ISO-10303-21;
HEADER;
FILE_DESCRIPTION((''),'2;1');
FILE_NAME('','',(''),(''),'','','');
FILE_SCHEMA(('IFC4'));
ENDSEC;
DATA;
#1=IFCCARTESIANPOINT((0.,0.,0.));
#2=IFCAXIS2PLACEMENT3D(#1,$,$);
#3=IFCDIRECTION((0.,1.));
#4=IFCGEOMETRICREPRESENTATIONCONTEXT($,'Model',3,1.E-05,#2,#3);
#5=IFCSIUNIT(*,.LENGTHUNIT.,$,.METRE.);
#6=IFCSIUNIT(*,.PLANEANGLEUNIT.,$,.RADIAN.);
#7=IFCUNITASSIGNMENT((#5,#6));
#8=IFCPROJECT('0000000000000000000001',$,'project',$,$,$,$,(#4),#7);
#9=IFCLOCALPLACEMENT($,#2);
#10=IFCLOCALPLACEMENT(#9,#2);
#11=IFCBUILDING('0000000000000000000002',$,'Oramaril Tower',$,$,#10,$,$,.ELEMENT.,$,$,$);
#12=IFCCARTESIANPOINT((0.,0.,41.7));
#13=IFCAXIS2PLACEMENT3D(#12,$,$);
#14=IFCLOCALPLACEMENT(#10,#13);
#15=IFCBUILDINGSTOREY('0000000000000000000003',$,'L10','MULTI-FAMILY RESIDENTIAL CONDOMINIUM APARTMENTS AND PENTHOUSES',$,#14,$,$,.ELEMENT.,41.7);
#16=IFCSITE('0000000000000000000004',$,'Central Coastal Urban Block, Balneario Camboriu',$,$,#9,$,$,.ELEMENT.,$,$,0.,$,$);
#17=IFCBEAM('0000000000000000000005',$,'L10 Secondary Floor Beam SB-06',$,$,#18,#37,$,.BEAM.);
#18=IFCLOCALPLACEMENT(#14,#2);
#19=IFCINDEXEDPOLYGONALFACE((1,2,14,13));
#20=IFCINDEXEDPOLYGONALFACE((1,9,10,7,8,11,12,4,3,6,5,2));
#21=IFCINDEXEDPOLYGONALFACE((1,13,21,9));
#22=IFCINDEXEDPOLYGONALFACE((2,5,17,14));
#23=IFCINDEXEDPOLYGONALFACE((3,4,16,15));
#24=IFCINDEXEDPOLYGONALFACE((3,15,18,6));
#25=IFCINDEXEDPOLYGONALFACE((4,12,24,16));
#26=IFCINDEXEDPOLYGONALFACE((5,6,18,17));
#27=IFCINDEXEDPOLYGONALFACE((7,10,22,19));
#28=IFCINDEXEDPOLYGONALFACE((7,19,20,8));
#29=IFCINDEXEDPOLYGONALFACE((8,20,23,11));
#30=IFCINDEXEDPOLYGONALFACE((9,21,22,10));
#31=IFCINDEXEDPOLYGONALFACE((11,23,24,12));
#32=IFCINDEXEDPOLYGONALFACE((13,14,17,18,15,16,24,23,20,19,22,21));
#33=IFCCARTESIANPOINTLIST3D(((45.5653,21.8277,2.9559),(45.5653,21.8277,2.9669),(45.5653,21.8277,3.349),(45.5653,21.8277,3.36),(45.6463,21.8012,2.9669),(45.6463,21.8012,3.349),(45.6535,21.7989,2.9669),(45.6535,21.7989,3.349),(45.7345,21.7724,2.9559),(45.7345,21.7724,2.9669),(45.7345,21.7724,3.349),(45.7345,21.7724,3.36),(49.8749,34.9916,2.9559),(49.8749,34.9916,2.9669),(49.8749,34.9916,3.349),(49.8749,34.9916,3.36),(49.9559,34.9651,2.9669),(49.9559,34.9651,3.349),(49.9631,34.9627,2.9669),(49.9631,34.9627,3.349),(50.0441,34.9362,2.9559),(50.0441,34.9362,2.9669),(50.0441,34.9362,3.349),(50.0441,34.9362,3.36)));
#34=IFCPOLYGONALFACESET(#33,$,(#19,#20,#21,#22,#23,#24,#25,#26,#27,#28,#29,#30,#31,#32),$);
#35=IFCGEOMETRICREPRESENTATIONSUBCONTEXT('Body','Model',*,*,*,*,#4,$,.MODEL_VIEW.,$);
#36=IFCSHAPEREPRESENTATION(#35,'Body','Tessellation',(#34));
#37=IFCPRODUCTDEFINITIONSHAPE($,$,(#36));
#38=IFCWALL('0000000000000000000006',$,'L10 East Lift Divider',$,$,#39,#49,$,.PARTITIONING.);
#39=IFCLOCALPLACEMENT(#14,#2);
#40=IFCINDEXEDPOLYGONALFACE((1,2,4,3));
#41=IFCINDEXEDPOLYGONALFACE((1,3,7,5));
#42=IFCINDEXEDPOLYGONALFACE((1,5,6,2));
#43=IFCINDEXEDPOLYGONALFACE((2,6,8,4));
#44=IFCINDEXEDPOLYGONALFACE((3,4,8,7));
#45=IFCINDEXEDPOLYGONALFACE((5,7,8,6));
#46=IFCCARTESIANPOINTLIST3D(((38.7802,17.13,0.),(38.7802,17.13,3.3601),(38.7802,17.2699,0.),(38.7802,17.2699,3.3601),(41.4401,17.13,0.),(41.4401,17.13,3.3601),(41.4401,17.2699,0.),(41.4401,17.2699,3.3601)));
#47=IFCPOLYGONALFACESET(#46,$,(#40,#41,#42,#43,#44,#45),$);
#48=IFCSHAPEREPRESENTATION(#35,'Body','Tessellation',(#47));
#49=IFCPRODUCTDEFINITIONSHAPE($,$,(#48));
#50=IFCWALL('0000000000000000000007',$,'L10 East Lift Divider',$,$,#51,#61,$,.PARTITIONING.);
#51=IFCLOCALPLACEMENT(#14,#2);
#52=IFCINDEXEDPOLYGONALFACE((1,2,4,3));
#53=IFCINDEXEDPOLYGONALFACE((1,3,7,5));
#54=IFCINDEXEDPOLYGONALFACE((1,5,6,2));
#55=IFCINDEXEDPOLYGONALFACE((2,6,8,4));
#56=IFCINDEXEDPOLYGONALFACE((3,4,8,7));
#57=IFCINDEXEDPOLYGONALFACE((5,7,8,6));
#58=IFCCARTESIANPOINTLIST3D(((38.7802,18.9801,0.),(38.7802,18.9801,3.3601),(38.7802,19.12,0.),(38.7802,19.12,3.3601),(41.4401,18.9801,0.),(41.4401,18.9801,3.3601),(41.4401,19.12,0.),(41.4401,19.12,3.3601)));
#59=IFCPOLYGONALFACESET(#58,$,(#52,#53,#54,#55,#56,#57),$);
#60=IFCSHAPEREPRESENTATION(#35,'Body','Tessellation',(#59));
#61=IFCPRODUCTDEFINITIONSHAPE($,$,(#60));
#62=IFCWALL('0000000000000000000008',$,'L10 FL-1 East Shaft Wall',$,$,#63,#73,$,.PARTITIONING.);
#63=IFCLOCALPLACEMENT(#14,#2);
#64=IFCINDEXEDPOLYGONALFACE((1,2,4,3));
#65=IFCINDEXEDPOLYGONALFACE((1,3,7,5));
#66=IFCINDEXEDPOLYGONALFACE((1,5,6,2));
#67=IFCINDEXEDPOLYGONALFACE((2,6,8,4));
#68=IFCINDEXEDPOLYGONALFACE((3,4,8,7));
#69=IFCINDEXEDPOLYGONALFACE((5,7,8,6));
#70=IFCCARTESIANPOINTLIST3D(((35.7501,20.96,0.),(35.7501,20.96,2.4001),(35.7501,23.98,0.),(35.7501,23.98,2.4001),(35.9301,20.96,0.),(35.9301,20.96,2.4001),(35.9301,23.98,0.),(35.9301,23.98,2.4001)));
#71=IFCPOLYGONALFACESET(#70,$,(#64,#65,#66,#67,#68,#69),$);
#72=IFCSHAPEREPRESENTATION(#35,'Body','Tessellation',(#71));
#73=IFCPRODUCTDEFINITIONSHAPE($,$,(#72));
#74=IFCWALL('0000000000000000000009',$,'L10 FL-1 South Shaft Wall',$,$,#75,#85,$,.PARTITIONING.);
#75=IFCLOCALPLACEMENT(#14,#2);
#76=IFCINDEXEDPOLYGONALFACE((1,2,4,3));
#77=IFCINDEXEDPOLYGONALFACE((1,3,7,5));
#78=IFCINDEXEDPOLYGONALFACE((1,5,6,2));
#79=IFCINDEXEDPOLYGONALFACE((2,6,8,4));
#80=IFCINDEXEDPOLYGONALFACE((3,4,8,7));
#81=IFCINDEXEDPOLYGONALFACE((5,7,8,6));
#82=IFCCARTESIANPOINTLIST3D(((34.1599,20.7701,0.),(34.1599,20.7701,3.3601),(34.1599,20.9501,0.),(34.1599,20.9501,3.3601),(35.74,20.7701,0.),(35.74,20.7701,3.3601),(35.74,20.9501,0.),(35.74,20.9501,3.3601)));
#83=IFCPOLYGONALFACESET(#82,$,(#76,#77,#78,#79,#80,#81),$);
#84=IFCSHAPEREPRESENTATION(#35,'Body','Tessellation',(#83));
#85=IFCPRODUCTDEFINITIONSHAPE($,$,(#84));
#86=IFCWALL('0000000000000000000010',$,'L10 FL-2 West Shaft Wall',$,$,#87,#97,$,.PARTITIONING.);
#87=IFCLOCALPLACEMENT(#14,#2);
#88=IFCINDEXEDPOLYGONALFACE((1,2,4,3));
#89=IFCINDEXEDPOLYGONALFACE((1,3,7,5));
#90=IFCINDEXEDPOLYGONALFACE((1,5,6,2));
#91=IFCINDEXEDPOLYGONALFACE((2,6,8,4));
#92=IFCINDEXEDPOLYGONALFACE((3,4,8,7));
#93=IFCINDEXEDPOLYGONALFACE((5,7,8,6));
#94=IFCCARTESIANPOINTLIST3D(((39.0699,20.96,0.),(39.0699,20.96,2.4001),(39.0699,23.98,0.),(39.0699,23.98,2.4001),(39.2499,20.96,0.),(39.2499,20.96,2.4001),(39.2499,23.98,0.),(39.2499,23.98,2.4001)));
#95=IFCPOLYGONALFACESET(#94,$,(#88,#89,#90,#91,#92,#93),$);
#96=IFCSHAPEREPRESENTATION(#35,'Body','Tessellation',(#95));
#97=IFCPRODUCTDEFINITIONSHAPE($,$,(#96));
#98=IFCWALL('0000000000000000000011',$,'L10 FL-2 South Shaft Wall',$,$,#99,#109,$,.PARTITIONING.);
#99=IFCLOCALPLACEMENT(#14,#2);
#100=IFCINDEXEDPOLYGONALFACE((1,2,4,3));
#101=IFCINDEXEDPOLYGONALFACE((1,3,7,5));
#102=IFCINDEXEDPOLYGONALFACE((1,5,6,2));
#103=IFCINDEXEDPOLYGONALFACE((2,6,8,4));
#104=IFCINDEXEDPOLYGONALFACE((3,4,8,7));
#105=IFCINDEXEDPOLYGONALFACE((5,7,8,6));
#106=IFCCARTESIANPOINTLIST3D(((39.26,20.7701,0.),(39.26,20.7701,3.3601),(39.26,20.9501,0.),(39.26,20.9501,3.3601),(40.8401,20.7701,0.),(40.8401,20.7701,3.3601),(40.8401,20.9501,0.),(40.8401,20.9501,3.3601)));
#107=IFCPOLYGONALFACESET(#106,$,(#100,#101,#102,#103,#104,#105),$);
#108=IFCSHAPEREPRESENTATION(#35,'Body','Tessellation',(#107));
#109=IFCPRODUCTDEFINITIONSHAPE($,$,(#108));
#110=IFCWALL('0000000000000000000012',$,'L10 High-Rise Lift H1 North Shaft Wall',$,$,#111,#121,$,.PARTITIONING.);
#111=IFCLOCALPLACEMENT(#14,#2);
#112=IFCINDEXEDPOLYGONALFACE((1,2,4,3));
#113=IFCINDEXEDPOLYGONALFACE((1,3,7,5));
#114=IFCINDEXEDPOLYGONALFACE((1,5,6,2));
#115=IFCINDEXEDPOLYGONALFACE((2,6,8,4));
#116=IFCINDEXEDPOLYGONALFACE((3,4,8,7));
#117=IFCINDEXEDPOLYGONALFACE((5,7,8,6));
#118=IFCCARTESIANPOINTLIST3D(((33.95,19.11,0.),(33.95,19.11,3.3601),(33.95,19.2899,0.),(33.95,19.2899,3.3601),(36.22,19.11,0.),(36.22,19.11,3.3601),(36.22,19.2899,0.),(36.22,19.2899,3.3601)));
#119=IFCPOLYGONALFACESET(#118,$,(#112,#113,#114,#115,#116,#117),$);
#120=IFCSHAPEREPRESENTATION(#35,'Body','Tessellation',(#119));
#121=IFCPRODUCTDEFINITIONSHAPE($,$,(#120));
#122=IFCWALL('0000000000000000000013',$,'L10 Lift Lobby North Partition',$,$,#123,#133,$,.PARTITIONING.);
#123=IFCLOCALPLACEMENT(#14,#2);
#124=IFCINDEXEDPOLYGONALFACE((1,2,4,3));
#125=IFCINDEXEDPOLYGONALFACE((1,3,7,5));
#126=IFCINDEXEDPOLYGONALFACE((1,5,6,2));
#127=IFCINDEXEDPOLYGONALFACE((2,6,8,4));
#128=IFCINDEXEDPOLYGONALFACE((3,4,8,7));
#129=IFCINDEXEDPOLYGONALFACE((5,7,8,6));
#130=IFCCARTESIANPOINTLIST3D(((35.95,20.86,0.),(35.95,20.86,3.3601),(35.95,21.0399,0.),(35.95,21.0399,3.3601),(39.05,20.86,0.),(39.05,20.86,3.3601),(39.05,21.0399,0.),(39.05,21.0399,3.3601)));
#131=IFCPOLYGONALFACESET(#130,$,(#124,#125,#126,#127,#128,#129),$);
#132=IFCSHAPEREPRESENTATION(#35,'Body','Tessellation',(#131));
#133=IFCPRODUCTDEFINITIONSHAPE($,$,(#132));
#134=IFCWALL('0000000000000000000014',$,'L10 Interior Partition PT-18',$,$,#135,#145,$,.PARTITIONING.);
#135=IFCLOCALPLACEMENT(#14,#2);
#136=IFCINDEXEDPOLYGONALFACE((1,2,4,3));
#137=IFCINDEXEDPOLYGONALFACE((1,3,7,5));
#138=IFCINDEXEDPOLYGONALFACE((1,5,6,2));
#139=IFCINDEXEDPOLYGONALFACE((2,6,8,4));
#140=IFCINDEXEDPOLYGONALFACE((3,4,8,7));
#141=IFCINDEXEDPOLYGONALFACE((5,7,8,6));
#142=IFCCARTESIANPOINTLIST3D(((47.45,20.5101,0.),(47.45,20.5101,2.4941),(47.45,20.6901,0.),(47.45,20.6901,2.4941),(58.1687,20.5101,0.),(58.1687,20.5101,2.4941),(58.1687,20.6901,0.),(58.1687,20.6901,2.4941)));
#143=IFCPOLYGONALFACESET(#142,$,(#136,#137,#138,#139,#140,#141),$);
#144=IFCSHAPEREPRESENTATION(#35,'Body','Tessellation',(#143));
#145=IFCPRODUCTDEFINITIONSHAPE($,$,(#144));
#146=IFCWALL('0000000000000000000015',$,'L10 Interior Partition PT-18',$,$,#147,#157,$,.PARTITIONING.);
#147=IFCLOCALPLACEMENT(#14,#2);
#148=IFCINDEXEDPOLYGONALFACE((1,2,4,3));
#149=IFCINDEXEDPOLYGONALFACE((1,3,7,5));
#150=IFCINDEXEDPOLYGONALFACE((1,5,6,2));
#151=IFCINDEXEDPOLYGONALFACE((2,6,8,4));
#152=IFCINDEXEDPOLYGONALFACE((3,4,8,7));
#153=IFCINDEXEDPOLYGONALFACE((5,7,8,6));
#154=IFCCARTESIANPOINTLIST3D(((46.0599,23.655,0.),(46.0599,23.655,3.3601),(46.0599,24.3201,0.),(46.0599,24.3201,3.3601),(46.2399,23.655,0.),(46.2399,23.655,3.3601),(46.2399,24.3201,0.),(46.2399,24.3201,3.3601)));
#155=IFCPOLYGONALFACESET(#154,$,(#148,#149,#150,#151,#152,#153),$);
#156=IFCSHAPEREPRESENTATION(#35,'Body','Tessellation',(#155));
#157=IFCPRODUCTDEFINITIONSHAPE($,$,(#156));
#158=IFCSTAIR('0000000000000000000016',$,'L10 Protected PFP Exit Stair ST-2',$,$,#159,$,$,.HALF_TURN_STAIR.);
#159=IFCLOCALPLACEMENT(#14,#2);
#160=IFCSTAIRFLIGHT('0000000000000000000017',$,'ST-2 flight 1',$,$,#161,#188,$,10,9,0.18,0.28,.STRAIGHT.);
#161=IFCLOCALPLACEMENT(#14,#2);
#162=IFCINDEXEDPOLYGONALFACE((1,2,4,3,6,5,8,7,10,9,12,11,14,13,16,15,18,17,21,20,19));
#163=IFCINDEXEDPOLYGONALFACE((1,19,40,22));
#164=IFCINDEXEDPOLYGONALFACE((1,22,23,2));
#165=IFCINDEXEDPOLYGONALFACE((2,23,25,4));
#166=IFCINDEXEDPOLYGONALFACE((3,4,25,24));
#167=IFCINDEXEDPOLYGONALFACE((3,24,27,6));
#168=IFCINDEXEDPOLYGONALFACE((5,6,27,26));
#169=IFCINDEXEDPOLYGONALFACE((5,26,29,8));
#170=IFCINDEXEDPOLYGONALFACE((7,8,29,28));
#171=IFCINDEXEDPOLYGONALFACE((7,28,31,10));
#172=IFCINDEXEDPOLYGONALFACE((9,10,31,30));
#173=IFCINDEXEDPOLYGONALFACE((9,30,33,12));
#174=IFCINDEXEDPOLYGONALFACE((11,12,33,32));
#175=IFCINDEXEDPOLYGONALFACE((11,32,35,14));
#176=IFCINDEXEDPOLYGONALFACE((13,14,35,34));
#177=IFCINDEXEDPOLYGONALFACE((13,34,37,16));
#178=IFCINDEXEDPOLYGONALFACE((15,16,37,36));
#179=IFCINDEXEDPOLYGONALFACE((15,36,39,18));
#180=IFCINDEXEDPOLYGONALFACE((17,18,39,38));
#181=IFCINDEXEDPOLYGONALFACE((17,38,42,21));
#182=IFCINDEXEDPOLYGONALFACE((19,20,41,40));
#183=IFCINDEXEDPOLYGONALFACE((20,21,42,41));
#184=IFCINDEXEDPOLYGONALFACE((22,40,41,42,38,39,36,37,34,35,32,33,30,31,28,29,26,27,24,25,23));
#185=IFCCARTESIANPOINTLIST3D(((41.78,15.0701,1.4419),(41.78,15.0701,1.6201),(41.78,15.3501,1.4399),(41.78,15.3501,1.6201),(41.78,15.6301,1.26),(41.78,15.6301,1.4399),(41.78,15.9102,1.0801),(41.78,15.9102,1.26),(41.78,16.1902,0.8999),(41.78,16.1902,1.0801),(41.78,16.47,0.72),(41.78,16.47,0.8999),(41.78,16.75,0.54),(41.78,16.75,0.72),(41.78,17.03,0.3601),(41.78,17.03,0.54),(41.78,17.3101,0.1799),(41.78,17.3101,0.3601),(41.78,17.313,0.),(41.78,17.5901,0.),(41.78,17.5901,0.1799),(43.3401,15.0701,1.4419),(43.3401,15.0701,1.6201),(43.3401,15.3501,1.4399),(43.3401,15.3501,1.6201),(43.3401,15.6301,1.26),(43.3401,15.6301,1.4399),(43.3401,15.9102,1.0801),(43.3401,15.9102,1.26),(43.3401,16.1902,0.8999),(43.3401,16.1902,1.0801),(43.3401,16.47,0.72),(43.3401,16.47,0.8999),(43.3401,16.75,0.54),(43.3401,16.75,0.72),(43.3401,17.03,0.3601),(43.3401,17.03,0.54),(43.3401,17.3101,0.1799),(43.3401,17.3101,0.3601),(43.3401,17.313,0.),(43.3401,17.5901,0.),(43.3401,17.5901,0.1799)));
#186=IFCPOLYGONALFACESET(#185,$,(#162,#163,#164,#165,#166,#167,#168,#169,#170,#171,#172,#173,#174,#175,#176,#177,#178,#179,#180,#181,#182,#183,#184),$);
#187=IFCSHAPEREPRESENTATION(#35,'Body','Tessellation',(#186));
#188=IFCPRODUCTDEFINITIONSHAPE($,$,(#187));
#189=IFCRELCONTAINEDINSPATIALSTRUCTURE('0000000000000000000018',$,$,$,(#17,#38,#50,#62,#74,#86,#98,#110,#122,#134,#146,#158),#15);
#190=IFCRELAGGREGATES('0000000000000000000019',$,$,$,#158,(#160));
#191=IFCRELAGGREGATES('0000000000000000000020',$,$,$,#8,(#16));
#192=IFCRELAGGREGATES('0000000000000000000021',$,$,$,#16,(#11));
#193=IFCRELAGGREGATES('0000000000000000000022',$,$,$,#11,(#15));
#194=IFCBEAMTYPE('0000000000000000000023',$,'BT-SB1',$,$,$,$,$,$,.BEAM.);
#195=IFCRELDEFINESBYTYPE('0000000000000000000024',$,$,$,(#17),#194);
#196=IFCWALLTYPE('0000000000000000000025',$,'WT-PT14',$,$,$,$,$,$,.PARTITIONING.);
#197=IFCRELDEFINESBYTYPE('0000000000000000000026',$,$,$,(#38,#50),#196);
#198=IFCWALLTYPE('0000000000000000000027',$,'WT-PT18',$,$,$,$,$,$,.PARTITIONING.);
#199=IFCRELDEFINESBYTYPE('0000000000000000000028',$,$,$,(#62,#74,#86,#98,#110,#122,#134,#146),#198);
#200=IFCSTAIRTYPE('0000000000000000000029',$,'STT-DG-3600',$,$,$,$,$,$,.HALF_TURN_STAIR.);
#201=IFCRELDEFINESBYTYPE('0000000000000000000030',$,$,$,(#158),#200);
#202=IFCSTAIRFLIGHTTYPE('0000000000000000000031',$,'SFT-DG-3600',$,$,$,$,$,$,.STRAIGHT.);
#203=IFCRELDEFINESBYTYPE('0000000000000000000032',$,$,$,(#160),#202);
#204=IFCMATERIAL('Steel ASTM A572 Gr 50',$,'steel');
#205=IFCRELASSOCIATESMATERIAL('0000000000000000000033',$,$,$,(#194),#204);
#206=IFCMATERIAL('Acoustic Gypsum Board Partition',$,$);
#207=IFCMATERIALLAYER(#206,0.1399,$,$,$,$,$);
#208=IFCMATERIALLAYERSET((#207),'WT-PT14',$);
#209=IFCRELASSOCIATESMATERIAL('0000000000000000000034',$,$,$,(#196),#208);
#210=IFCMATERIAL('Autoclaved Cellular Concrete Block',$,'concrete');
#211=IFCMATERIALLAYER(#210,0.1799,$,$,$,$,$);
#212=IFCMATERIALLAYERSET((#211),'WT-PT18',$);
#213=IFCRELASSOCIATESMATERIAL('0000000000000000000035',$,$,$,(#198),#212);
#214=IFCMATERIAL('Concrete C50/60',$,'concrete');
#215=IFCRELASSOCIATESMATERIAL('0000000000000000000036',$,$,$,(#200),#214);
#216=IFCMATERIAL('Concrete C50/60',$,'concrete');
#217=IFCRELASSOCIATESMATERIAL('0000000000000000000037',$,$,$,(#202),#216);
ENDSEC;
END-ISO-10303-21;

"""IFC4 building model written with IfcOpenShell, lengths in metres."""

from ifc_helpers import new_model, si_unit, direction, frame, frame_2d, origin, origin_2d, place, context, subcontext, project, spatial, polyline, rectangle, i_section, outline, extrude, material, layer, layer_set, material_profile, profile_set, type_object, element, aggregate, save


model = new_model("IFC4")

# Units and contexts
model_context = context("Model", 3, precision=1e-05, world=origin(), true_north=direction((0.0, 1.0)))
body_context = subcontext(model_context, "Body", "Model", "MODEL_VIEW")
ifc_project = project(units=[si_unit("LENGTHUNIT", "METRE"), si_unit("PLANEANGLEUNIT", "RADIAN")], contexts=[model_context])

# Site, building, storey
site_placement = place(None, origin())
site = spatial("IfcSite", under=ifc_project, at=site_placement, Name="Central Coastal Urban Block, Balneario Camboriu", CompositionType="ELEMENT", RefElevation=0.0)
building_placement = place(site_placement, origin())
building = spatial("IfcBuilding", under=site, at=building_placement, Name="Oramaril Tower", CompositionType="ELEMENT")
storey_placement = place(building_placement, frame((0.0, 0.0, 41.7)))
storey = spatial("IfcBuildingStorey", under=building, at=storey_placement, Name="L10", Description="MULTI-FAMILY RESIDENTIAL CONDOMINIUM APARTMENTS AND PENTHOUSES", CompositionType="ELEMENT", Elevation=41.7)

# Beam
ifc_material_1 = material(Name="Steel ASTM A572 Gr 50", Category="steel")
ifc_material_profile = material_profile(ifc_material_1, i_section(OverallWidth=0.178, OverallDepth=0.4041, WebThickness=0.0076, FlangeThickness=0.011, at=origin_2d()), Name="W16X36")
ifc_profile_set = profile_set([ifc_material_profile], Name="Steel ASTM A572 Gr 50")
beam_type = type_object("IfcBeamType", Name="BT-SB1", PredefinedType="BEAM", material=ifc_profile_set)
beam_placement = place(storey_placement, frame((45.6499, 21.8, 3.158), z_axis=(0.311131, 0.950367, 0.0), x_axis=(-0.950367, 0.311131, 0.0)))
element("IfcBeam", 1, at=beam_placement, inside=storey, type_object=beam_type, Name="L10 Secondary Floor Beam SB-06", PredefinedType="BEAM", context=body_context, shape_type="SweptSolid", body=[
    extrude(i_section(OverallWidth=0.178, OverallDepth=0.4041, WebThickness=0.0076, FlangeThickness=0.011, at=origin_2d()), origin(), (0.0, 0.0, 1.0), 13.8513),
])

# Walls
ifc_material_2 = material(Name="Acoustic Gypsum Board Partition")
ifc_layer_1 = layer(ifc_material_2, 0.1399)
ifc_layer_set_1 = layer_set([ifc_layer_1], Name="WT-PT14")
wall_type_1 = type_object("IfcWallType", Name="WT-PT14", PredefinedType="PARTITIONING", material=ifc_layer_set_1)
for number, where, z_axis, x_axis, name in (
    (2, (38.78, 17.2, 0.0), (0.0, 0.0, 1.0), (1.0, 0.0, 0.0), "L10 East Lift Divider"),
    (3, (38.78, 19.05, 0.0), (0.0, 0.0, 1.0), (1.0, 0.0, 0.0), "L10 East Lift Divider"),
):
    element("IfcWall", number, at=place(storey_placement, frame(where, z_axis=z_axis, x_axis=x_axis)), inside=storey, type_object=wall_type_1, Name=name, PredefinedType="PARTITIONING", context=body_context, shape_type="SweptSolid", body=[
        extrude(rectangle(XDim=2.6599, YDim=0.1399, at=frame_2d((1.3301, 0.0))), origin(), (0.0, 0.0, 1.0), 3.3601),
    ])
ifc_material_3 = material(Name="Autoclaved Cellular Concrete Block", Category="concrete")
ifc_layer_2 = layer(ifc_material_3, 0.1799)
ifc_layer_set_2 = layer_set([ifc_layer_2], Name="WT-PT18")
wall_type_2 = type_object("IfcWallType", Name="WT-PT18", PredefinedType="PARTITIONING", material=ifc_layer_set_2)
wall_1_placement = place(storey_placement, frame((35.8401, 20.96, 0.0), z_axis=(0.0, 0.0, 1.0), x_axis=(0.0, 1.0, 0.0)))
element("IfcWall", 4, at=wall_1_placement, inside=storey, type_object=wall_type_2, Name="L10 FL-1 East Shaft Wall", PredefinedType="PARTITIONING", context=body_context, shape_type="SweptSolid", body=[
    extrude(rectangle(XDim=3.02, YDim=0.1799, at=frame_2d((1.51, 0.0))), origin(), (0.0, 0.0, 1.0), 2.4001),
])
wall_2_placement = place(storey_placement, frame((34.1599, 20.8601, 0.0), z_axis=(0.0, 0.0, 1.0), x_axis=(1.0, 0.0, 0.0)))
element("IfcWall", 5, at=wall_2_placement, inside=storey, type_object=wall_type_2, Name="L10 FL-1 South Shaft Wall", PredefinedType="PARTITIONING", context=body_context, shape_type="SweptSolid", body=[
    extrude(rectangle(XDim=1.5801, YDim=0.1799, at=frame_2d((0.79, 0.0))), origin(), (0.0, 0.0, 1.0), 3.3601),
])
wall_3_placement = place(storey_placement, frame((39.1599, 20.96, 0.0), z_axis=(0.0, 0.0, 1.0), x_axis=(0.0, 1.0, 0.0)))
element("IfcWall", 6, at=wall_3_placement, inside=storey, type_object=wall_type_2, Name="L10 FL-2 West Shaft Wall", PredefinedType="PARTITIONING", context=body_context, shape_type="SweptSolid", body=[
    extrude(rectangle(XDim=3.02, YDim=0.1799, at=frame_2d((1.51, 0.0))), origin(), (0.0, 0.0, 1.0), 2.4001),
])
wall_4_placement = place(storey_placement, frame((39.26, 20.8601, 0.0), z_axis=(0.0, 0.0, 1.0), x_axis=(1.0, 0.0, 0.0)))
element("IfcWall", 7, at=wall_4_placement, inside=storey, type_object=wall_type_2, Name="L10 FL-2 South Shaft Wall", PredefinedType="PARTITIONING", context=body_context, shape_type="SweptSolid", body=[
    extrude(rectangle(XDim=1.5801, YDim=0.1799, at=frame_2d((0.79, 0.0))), origin(), (0.0, 0.0, 1.0), 3.3601),
])
wall_5_placement = place(storey_placement, frame((33.95, 19.2, 0.0), z_axis=(0.0, 0.0, 1.0), x_axis=(1.0, 0.0, 0.0)))
element("IfcWall", 8, at=wall_5_placement, inside=storey, type_object=wall_type_2, Name="L10 High-Rise Lift H1 North Shaft Wall", PredefinedType="PARTITIONING", context=body_context, shape_type="SweptSolid", body=[
    extrude(rectangle(XDim=2.27, YDim=0.1799, at=frame_2d((1.135, 0.0))), origin(), (0.0, 0.0, 1.0), 3.3601),
])
wall_6_placement = place(storey_placement, frame((35.95, 20.95, 0.0), z_axis=(0.0, 0.0, 1.0), x_axis=(1.0, 0.0, 0.0)))
element("IfcWall", 9, at=wall_6_placement, inside=storey, type_object=wall_type_2, Name="L10 Lift Lobby North Partition", PredefinedType="PARTITIONING", context=body_context, shape_type="SweptSolid", body=[
    extrude(rectangle(XDim=3.1001, YDim=0.1799, at=frame_2d((1.55, 0.0))), origin(), (0.0, 0.0, 1.0), 3.3601),
])
wall_7_placement = place(storey_placement, frame((47.45, 20.6001, 0.0), z_axis=(0.0, 0.0, 1.0), x_axis=(1.0, 0.0, 0.0)))
element("IfcWall", 10, at=wall_7_placement, inside=storey, type_object=wall_type_2, Name="L10 Interior Partition PT-18", PredefinedType="PARTITIONING", context=body_context, shape_type="SweptSolid", body=[
    extrude(rectangle(XDim=10.7188, YDim=0.1799, at=frame_2d((5.3594, 0.0))), origin(), (0.0, 0.0, 1.0), 2.4941),
])
wall_8_placement = place(storey_placement, frame((46.1499, 23.655, 0.0), z_axis=(0.0, 0.0, 1.0), x_axis=(0.0, 1.0, 0.0)))
element("IfcWall", 11, at=wall_8_placement, inside=storey, type_object=wall_type_2, Name="L10 Interior Partition PT-18", PredefinedType="PARTITIONING", context=body_context, shape_type="SweptSolid", body=[
    extrude(rectangle(XDim=0.665, YDim=0.1799, at=frame_2d((0.3325, 0.0))), origin(), (0.0, 0.0, 1.0), 3.3601),
])

# Stair, stair flight
ifc_material_4 = material(Name="Concrete C50/60", Category="concrete")
stair_type = type_object("IfcStairType", Name="STT-DG-3600", PredefinedType="HALF_TURN_STAIR", material=ifc_material_4)
stair_placement = place(storey_placement, origin())
stair = element("IfcStair", 12, at=stair_placement, inside=storey, type_object=stair_type, Name="L10 Protected PFP Exit Stair ST-2", PredefinedType="HALF_TURN_STAIR")
ifc_material_5 = material(Name="Concrete C50/60", Category="concrete")
stair_flight_type = type_object("IfcStairFlightType", Name="SFT-DG-3600", PredefinedType="STRAIGHT", material=ifc_material_5)
stair_flight_placement = place(storey_placement, frame((42.5601, 17.5901, 0.0), z_axis=(0.0, 0.0, 1.0), x_axis=(0.0, -1.0, 0.0)))
stair_flight = element("IfcStairFlight", 13, at=stair_flight_placement, type_object=stair_flight_type, Name="ST-2 flight 1", NumberOfRisers=10, NumberOfTreads=9, PredefinedType="STRAIGHT", RiserHeight=0.18, TreadLength=0.28, context=body_context, shape_type="SweptSolid", body=[
    extrude(outline(polyline([(0.0, 0.0), (0.0, 0.1799), (0.28, 0.1799), (0.28, 0.3601), (0.5601, 0.3601), (0.5601, 0.54), (0.8401, 0.54), (0.8401, 0.72), (1.1201, 0.72), (1.1201, 0.8999), (1.3999, 0.8999), (1.3999, 1.0801), (1.6799, 1.0801), (1.6799, 1.26), (1.96, 1.26), (1.96, 1.4399), (2.24, 1.4399), (2.24, 1.6201), (2.52, 1.6201), (2.52, 1.8), (2.52, 1.4419), (0.2771, 0.0), (0.0, 0.0)])), frame((0.0, 0.78, 0.0), z_axis=(0.0, -1.0, 0.0), x_axis=(1.0, 0.0, 0.0)), (0.0, 0.0, 1.0), 1.5601),
])
aggregate(stair, [stair_flight])

save(model, "model.ifc")
